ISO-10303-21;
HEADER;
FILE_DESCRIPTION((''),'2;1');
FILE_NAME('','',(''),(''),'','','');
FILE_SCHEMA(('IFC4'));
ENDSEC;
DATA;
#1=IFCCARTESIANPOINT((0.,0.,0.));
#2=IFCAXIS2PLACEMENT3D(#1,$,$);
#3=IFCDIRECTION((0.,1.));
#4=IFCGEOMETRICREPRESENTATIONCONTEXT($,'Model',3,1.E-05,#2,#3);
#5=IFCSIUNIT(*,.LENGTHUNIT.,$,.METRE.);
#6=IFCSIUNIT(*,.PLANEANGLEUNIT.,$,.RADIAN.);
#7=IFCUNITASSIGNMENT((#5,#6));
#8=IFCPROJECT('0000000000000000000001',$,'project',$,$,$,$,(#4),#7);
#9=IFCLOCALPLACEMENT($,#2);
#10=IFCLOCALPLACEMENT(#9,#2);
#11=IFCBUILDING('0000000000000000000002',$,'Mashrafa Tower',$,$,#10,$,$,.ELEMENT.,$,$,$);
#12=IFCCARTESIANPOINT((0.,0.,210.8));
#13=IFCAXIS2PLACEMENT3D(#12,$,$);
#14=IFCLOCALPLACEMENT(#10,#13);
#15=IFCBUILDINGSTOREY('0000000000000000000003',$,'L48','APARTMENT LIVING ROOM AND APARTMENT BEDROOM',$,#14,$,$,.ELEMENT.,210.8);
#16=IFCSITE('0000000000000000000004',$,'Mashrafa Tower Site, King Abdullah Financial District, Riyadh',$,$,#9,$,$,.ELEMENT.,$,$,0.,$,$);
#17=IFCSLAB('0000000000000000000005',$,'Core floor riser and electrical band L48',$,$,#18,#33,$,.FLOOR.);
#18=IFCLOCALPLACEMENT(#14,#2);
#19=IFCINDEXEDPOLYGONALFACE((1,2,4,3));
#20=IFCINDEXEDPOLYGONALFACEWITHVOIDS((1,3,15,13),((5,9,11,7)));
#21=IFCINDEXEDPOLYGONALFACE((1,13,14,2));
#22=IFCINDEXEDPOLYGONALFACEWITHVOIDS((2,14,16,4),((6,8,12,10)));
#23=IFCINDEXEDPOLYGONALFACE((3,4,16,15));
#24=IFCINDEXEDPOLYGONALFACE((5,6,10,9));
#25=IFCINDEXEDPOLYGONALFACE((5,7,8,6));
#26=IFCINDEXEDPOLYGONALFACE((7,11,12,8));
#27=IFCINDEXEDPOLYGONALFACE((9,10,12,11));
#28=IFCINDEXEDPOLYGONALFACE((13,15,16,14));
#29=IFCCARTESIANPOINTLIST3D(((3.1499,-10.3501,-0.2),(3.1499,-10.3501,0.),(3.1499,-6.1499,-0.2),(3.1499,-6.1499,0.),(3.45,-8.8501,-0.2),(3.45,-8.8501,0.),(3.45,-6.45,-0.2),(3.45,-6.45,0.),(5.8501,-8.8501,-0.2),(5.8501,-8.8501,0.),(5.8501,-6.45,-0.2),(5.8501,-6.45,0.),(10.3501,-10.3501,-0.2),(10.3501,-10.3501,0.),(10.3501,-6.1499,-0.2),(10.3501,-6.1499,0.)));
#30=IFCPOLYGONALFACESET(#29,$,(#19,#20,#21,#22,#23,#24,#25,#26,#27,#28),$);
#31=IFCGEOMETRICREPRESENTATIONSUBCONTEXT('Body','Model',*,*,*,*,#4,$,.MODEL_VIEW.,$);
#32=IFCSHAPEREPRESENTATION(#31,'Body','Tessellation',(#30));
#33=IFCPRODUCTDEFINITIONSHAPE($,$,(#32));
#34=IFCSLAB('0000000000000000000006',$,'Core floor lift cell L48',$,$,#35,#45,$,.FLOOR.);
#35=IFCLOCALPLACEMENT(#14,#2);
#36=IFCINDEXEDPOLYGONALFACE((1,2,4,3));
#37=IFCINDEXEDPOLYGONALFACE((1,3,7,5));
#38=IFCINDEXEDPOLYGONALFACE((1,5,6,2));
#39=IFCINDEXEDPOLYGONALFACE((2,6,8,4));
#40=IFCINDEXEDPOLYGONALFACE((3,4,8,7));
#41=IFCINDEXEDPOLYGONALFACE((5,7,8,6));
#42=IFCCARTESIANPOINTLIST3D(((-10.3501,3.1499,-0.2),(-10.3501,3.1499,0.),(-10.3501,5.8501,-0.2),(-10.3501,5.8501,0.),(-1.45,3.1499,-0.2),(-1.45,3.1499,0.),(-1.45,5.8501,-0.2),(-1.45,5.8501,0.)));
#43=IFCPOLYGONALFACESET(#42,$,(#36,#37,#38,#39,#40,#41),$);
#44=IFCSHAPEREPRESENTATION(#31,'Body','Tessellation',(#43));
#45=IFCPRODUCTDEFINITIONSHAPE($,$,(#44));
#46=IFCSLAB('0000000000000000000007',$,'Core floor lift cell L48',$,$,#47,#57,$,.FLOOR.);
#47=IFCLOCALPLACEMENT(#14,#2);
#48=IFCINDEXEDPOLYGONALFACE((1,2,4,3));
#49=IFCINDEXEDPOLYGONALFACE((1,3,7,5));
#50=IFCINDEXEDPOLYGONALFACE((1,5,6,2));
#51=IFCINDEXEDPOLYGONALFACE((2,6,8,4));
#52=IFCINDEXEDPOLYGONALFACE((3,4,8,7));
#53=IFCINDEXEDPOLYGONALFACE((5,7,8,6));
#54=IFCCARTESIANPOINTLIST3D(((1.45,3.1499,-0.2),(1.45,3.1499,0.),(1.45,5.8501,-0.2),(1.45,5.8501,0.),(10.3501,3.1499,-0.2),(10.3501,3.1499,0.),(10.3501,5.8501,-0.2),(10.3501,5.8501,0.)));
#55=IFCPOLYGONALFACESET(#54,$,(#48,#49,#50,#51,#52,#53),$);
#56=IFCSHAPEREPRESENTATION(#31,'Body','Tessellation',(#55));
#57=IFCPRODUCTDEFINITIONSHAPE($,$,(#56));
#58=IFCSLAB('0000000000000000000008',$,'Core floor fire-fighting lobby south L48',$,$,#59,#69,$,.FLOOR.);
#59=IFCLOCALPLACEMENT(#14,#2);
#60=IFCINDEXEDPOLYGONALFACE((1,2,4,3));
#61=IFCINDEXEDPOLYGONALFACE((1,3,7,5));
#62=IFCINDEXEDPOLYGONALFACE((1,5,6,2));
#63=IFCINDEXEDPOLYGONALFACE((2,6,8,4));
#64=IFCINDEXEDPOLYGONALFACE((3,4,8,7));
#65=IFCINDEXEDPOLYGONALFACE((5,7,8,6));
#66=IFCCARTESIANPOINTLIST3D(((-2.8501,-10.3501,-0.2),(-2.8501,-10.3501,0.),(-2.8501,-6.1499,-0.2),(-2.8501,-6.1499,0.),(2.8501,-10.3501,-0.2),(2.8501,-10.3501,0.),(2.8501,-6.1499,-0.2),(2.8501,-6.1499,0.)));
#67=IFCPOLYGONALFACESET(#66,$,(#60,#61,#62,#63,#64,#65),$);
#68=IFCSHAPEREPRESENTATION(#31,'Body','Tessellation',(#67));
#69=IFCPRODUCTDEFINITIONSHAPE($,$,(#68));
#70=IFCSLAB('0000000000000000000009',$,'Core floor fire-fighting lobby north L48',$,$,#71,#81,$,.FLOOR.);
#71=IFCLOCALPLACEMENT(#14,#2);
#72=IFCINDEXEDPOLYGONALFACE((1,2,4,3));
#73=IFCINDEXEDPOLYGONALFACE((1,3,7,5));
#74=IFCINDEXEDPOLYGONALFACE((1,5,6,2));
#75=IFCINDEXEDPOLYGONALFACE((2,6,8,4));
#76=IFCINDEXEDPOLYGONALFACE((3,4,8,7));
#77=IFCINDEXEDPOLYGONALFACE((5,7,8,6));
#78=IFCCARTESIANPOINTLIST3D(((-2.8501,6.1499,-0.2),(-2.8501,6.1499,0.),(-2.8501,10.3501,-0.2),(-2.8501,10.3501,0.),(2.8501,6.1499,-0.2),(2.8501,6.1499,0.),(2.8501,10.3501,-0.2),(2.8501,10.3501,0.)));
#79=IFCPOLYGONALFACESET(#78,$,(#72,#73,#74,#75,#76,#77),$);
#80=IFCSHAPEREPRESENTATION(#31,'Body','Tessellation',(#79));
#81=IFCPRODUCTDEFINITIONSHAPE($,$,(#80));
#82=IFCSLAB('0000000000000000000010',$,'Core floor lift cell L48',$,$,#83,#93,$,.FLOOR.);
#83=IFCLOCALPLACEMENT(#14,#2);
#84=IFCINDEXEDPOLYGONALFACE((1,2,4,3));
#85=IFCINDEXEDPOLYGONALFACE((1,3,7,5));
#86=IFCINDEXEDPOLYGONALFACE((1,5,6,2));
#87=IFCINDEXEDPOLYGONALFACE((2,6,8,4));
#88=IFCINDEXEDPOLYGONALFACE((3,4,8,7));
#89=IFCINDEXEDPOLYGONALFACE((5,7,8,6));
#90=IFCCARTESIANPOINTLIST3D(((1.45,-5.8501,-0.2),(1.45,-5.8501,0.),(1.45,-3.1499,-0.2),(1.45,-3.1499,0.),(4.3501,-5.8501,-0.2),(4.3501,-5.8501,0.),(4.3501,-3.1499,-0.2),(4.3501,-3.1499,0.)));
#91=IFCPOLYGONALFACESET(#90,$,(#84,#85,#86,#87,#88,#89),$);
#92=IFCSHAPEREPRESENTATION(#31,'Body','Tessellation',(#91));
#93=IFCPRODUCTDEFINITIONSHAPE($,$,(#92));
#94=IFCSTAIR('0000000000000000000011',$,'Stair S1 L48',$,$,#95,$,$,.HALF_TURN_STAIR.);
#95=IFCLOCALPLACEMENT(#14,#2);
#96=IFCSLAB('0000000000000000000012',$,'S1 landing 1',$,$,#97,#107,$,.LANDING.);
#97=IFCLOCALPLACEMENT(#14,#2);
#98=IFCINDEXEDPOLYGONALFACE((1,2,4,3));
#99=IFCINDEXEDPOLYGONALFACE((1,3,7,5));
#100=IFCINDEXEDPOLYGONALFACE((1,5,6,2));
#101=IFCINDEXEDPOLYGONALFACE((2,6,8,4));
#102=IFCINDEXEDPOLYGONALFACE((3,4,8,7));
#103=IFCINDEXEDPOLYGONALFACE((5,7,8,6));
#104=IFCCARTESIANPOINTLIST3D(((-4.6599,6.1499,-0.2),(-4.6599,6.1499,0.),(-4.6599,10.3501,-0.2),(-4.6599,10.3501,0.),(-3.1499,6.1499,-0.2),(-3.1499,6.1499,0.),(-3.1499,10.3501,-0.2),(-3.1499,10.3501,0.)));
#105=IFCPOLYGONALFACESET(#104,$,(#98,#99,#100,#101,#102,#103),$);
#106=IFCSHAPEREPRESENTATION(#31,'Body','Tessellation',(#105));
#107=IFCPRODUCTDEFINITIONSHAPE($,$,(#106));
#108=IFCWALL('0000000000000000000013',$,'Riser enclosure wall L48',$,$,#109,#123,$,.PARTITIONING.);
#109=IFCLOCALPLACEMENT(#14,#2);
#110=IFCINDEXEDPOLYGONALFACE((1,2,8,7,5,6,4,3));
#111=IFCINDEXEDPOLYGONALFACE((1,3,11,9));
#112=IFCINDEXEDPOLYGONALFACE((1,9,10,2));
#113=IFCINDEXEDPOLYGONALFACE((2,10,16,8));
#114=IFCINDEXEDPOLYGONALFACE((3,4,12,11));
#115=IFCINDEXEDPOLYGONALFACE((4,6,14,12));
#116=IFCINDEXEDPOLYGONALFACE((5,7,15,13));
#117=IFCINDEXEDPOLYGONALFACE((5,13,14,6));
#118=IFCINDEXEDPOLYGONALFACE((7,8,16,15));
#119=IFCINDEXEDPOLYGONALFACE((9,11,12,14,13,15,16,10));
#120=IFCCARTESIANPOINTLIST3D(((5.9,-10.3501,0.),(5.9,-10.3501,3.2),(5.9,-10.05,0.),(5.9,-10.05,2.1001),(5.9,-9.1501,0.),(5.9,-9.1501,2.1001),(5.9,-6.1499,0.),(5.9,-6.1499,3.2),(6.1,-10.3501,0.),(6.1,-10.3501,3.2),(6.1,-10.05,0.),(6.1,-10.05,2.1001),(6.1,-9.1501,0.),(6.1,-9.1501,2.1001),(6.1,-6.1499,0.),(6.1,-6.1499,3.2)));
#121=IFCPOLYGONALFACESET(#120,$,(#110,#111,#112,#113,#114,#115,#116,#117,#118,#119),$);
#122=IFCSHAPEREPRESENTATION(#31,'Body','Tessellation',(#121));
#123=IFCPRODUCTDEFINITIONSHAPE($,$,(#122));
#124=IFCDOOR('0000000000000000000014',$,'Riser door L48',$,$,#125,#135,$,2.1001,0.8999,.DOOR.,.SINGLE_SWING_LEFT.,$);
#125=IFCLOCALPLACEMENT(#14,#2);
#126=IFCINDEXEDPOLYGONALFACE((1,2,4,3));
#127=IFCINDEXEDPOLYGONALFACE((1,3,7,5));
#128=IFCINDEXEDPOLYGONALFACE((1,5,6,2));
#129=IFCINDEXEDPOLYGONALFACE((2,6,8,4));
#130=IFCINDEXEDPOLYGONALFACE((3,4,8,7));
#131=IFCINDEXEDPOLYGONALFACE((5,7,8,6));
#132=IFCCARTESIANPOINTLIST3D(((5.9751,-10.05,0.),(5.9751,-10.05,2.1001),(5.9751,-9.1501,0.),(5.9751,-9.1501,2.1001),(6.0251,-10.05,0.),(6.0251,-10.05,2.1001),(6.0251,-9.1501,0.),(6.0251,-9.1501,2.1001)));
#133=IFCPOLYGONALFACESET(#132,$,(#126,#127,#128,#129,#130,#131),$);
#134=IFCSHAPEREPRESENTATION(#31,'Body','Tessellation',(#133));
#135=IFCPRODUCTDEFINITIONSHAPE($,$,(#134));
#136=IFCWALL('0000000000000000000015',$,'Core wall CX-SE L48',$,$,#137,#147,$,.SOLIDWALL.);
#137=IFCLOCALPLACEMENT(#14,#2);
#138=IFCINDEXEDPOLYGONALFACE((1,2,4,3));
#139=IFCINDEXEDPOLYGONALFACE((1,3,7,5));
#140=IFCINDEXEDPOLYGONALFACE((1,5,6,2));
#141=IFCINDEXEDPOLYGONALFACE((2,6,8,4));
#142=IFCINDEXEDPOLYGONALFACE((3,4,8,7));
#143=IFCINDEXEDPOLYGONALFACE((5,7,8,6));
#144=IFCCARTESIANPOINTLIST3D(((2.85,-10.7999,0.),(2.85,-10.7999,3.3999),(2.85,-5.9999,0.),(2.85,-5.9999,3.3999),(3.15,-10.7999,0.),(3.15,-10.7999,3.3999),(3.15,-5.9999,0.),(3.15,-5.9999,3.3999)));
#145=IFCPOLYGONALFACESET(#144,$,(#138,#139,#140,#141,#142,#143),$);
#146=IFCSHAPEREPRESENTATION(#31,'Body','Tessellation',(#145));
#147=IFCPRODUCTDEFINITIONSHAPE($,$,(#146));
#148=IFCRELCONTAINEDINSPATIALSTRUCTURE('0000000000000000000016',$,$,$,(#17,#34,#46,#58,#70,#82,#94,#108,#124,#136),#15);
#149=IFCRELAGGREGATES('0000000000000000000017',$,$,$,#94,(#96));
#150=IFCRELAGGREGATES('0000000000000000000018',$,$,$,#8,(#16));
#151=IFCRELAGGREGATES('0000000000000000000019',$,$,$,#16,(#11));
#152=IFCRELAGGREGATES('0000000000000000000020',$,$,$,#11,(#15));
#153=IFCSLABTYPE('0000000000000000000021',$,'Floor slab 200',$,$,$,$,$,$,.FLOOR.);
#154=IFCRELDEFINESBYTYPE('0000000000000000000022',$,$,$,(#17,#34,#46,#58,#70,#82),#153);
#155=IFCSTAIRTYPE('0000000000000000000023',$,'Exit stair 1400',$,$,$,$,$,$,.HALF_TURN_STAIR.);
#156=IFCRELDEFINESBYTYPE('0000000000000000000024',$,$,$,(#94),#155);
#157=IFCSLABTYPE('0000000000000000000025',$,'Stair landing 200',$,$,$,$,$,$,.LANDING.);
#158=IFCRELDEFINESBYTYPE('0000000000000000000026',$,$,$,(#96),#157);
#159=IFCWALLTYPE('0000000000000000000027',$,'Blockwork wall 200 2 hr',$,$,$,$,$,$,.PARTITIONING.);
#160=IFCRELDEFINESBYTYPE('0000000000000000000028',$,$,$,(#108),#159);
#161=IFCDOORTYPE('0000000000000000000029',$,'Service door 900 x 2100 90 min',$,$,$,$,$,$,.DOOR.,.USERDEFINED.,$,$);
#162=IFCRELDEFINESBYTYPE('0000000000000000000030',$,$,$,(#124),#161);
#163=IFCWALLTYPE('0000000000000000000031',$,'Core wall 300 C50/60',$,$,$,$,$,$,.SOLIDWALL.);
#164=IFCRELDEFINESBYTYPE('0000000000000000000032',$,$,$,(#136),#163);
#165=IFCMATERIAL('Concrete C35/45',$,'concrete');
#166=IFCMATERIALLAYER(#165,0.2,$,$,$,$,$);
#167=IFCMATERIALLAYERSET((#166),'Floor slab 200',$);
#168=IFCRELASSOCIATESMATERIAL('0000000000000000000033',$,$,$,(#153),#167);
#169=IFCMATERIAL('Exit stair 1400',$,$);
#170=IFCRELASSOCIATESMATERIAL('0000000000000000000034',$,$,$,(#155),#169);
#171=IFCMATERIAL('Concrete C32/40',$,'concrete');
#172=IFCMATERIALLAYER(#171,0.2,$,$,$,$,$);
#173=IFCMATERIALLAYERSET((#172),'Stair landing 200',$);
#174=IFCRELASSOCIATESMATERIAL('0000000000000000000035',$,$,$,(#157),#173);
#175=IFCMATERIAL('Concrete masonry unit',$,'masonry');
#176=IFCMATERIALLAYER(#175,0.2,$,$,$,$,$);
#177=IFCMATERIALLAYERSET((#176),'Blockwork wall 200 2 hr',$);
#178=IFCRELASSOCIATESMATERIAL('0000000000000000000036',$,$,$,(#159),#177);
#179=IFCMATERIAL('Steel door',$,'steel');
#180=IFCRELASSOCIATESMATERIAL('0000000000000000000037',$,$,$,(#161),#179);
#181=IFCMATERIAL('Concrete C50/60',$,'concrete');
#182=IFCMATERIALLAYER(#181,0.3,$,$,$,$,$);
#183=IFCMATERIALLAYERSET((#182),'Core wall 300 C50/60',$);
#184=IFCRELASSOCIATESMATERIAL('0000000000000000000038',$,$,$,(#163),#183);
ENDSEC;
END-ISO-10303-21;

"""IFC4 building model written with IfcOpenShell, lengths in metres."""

from ifc_helpers import new_model, si_unit, direction, frame, frame_2d, origin, place, context, subcontext, project, spatial, polyline, rectangle, outline, extrude, material, layer, layer_set, type_object, element, fill, aggregate, save


model = new_model("IFC4")

# Units and contexts
model_context = context("Model", 3, precision=1e-05, world=origin(), true_north=direction((0.0, 1.0)))
body_context = subcontext(model_context, "Body", "Model", "MODEL_VIEW")
ifc_project = project(units=[si_unit("LENGTHUNIT", "METRE"), si_unit("PLANEANGLEUNIT", "RADIAN")], contexts=[model_context])

# Site, building, storey
site_placement = place(None, origin())
site = spatial("IfcSite", under=ifc_project, at=site_placement, Name="Mashrafa Tower Site, King Abdullah Financial District, Riyadh", CompositionType="ELEMENT", RefElevation=0.0)
building_placement = place(site_placement, origin())
building = spatial("IfcBuilding", under=site, at=building_placement, Name="Mashrafa Tower", CompositionType="ELEMENT")
storey_placement = place(building_placement, frame((0.0, 0.0, 210.8)))
storey = spatial("IfcBuildingStorey", under=building, at=storey_placement, Name="L48", Description="APARTMENT LIVING ROOM AND APARTMENT BEDROOM", CompositionType="ELEMENT", Elevation=210.8)

# Slabs
ifc_material_1 = material(Name="Concrete C35/45", Category="concrete")
ifc_layer_1 = layer(ifc_material_1, 0.2)
ifc_layer_set_1 = layer_set([ifc_layer_1], Name="Floor slab 200")
slab_type_1 = type_object("IfcSlabType", Name="Floor slab 200", PredefinedType="FLOOR", material=ifc_layer_set_1)
slab_1_placement = place(storey_placement, frame((0.0, 0.0, -0.2)))
element("IfcSlab", 1, at=slab_1_placement, inside=storey, type_object=slab_type_1, Name="Core floor riser and electrical band L48", PredefinedType="FLOOR", context=body_context, shape_type="SweptSolid", body=[
    extrude(outline(polyline([(10.3501, -6.1499), (10.3501, -10.3501), (3.1499, -10.3501), (3.1499, -6.1499), (10.3501, -6.1499)]), holes=[polyline([(3.45, -8.8501), (5.8501, -8.8501), (5.8501, -6.45), (3.45, -6.45), (3.45, -8.8501)])]), origin(), (0.0, 0.0, 1.0), 0.2),
])
slab_2_placement = place(storey_placement, frame((0.0, 0.0, -0.2)))
element("IfcSlab", 2, at=slab_2_placement, inside=storey, type_object=slab_type_1, Name="Core floor lift cell L48", PredefinedType="FLOOR", context=body_context, shape_type="SweptSolid", body=[
    extrude(outline(polyline([(-10.3501, 5.8501), (-1.45, 5.8501), (-1.45, 3.1499), (-10.3501, 3.1499), (-10.3501, 5.8501)])), origin(), (0.0, 0.0, 1.0), 0.2),
])
slab_3_placement = place(storey_placement, frame((0.0, 0.0, -0.2)))
element("IfcSlab", 3, at=slab_3_placement, inside=storey, type_object=slab_type_1, Name="Core floor lift cell L48", PredefinedType="FLOOR", context=body_context, shape_type="SweptSolid", body=[
    extrude(outline(polyline([(1.45, 5.8501), (10.3501, 5.8501), (10.3501, 3.1499), (1.45, 3.1499), (1.45, 5.8501)])), origin(), (0.0, 0.0, 1.0), 0.2),
])
slab_4_placement = place(storey_placement, frame((0.0, 0.0, -0.2)))
element("IfcSlab", 4, at=slab_4_placement, inside=storey, type_object=slab_type_1, Name="Core floor fire-fighting lobby south L48", PredefinedType="FLOOR", context=body_context, shape_type="SweptSolid", body=[
    extrude(outline(polyline([(2.8501, -6.1499), (2.8501, -10.3501), (-2.8501, -10.3501), (-2.8501, -6.1499), (2.8501, -6.1499)])), origin(), (0.0, 0.0, 1.0), 0.2),
])
slab_5_placement = place(storey_placement, frame((0.0, 0.0, -0.2)))
element("IfcSlab", 5, at=slab_5_placement, inside=storey, type_object=slab_type_1, Name="Core floor fire-fighting lobby north L48", PredefinedType="FLOOR", context=body_context, shape_type="SweptSolid", body=[
    extrude(outline(polyline([(-2.8501, 10.3501), (2.8501, 10.3501), (2.8501, 6.1499), (-2.8501, 6.1499), (-2.8501, 10.3501)])), origin(), (0.0, 0.0, 1.0), 0.2),
])
slab_6_placement = place(storey_placement, frame((0.0, 0.0, -0.2)))
element("IfcSlab", 6, at=slab_6_placement, inside=storey, type_object=slab_type_1, Name="Core floor lift cell L48", PredefinedType="FLOOR", context=body_context, shape_type="SweptSolid", body=[
    extrude(outline(polyline([(4.3501, -3.1499), (4.3501, -5.8501), (1.45, -5.8501), (1.45, -3.1499), (4.3501, -3.1499)])), origin(), (0.0, 0.0, 1.0), 0.2),
])

# Stair, slab
ifc_material_2 = material(Name="Exit stair 1400")
stair_type = type_object("IfcStairType", Name="Exit stair 1400", PredefinedType="HALF_TURN_STAIR", material=ifc_material_2)
stair_placement = place(storey_placement, origin())
stair = element("IfcStair", 7, at=stair_placement, inside=storey, type_object=stair_type, Name="Stair S1 L48", PredefinedType="HALF_TURN_STAIR")
ifc_material_3 = material(Name="Concrete C32/40", Category="concrete")
ifc_layer_2 = layer(ifc_material_3, 0.2)
ifc_layer_set_2 = layer_set([ifc_layer_2], Name="Stair landing 200")
slab_type_2 = type_object("IfcSlabType", Name="Stair landing 200", PredefinedType="LANDING", material=ifc_layer_set_2)
slab_7_placement = place(storey_placement, frame((0.0, 0.0, -0.2)))
slab_7 = element("IfcSlab", 8, at=slab_7_placement, type_object=slab_type_2, Name="S1 landing 1", PredefinedType="LANDING", context=body_context, shape_type="SweptSolid", body=[
    extrude(outline(polyline([(-4.6599, 6.1499), (-3.1499, 6.1499), (-3.1499, 10.3501), (-4.6599, 10.3501), (-4.6599, 6.1499)])), origin(), (0.0, 0.0, 1.0), 0.2),
])
aggregate(stair, [slab_7])

# Wall, opening, door
ifc_material_4 = material(Name="Concrete masonry unit", Category="masonry")
ifc_layer_3 = layer(ifc_material_4, 0.2)
ifc_layer_set_3 = layer_set([ifc_layer_3], Name="Blockwork wall 200 2 hr")
wall_type_1 = type_object("IfcWallType", Name="Blockwork wall 200 2 hr", PredefinedType="PARTITIONING", material=ifc_layer_set_3)
wall_1_placement = place(storey_placement, frame((6.0, -10.3501, 0.0), z_axis=(0.0, 0.0, 1.0), x_axis=(0.0, 1.0, 0.0)))
wall_1 = element("IfcWall", 9, at=wall_1_placement, inside=storey, type_object=wall_type_1, Name="Riser enclosure wall L48", PredefinedType="PARTITIONING", context=body_context, shape_type="SweptSolid", body=[
    extrude(rectangle(XDim=4.2002, YDim=0.2, at=frame_2d((2.1001, 0.0))), origin(), (0.0, 0.0, 1.0), 3.2),
])
opening_1_placement = place(wall_1_placement, frame((0.3, 0.0, 0.0)))
opening_1 = element("IfcOpeningElement", 10, at=opening_1_placement, cuts=wall_1, PredefinedType="OPENING", context=body_context, shape_type="SweptSolid", body=[
    extrude(rectangle(XDim=0.8999, YDim=2.1001, at=frame_2d((0.45, 1.05))), frame((0.0, 0.1099, 0.0), z_axis=(0.0, -1.0, 0.0), x_axis=(1.0, 0.0, 0.0)), (0.0, 0.0, 1.0), 0.22),
])
ifc_material_5 = material(Name="Steel door", Category="steel")
door_type_1 = type_object("IfcDoorType", Name="Service door 900 x 2100 90 min", OperationType="USERDEFINED", PredefinedType="DOOR", material=ifc_material_5)
door_1_placement = place(opening_1_placement, origin())
door_1 = element("IfcDoor", 11, at=door_1_placement, inside=storey, type_object=door_type_1, Name="Riser door L48", OperationType="SINGLE_SWING_LEFT", OverallHeight=2.1001, OverallWidth=0.8999, PredefinedType="DOOR", context=body_context, shape_type="SweptSolid", body=[
    extrude(rectangle(XDim=0.8999, YDim=2.1001, at=frame_2d((0.45, 1.05))), frame((0.0, 0.0249, 0.0), z_axis=(0.0, -1.0, 0.0), x_axis=(1.0, 0.0, 0.0)), (0.0, 0.0, 1.0), 0.05),
])
fill(opening_1, door_1)

# Wall
ifc_material_6 = material(Name="Concrete C50/60", Category="concrete")
ifc_layer_4 = layer(ifc_material_6, 0.3)
ifc_layer_set_4 = layer_set([ifc_layer_4], Name="Core wall 300 C50/60")
wall_type_2 = type_object("IfcWallType", Name="Core wall 300 C50/60", PredefinedType="SOLIDWALL", material=ifc_layer_set_4)
wall_2_placement = place(storey_placement, frame((3.0, -6.0, 0.0), z_axis=(0.0, 0.0, 1.0), x_axis=(0.0, -1.0, 0.0)))
element("IfcWall", 12, at=wall_2_placement, inside=storey, type_object=wall_type_2, Name="Core wall CX-SE L48", PredefinedType="SOLIDWALL", context=body_context, shape_type="SweptSolid", body=[
    extrude(rectangle(XDim=4.8, YDim=0.3, at=frame_2d((2.3999, 0.0))), origin(), (0.0, 0.0, 1.0), 3.3999),
])

save(model, "model.ifc")
